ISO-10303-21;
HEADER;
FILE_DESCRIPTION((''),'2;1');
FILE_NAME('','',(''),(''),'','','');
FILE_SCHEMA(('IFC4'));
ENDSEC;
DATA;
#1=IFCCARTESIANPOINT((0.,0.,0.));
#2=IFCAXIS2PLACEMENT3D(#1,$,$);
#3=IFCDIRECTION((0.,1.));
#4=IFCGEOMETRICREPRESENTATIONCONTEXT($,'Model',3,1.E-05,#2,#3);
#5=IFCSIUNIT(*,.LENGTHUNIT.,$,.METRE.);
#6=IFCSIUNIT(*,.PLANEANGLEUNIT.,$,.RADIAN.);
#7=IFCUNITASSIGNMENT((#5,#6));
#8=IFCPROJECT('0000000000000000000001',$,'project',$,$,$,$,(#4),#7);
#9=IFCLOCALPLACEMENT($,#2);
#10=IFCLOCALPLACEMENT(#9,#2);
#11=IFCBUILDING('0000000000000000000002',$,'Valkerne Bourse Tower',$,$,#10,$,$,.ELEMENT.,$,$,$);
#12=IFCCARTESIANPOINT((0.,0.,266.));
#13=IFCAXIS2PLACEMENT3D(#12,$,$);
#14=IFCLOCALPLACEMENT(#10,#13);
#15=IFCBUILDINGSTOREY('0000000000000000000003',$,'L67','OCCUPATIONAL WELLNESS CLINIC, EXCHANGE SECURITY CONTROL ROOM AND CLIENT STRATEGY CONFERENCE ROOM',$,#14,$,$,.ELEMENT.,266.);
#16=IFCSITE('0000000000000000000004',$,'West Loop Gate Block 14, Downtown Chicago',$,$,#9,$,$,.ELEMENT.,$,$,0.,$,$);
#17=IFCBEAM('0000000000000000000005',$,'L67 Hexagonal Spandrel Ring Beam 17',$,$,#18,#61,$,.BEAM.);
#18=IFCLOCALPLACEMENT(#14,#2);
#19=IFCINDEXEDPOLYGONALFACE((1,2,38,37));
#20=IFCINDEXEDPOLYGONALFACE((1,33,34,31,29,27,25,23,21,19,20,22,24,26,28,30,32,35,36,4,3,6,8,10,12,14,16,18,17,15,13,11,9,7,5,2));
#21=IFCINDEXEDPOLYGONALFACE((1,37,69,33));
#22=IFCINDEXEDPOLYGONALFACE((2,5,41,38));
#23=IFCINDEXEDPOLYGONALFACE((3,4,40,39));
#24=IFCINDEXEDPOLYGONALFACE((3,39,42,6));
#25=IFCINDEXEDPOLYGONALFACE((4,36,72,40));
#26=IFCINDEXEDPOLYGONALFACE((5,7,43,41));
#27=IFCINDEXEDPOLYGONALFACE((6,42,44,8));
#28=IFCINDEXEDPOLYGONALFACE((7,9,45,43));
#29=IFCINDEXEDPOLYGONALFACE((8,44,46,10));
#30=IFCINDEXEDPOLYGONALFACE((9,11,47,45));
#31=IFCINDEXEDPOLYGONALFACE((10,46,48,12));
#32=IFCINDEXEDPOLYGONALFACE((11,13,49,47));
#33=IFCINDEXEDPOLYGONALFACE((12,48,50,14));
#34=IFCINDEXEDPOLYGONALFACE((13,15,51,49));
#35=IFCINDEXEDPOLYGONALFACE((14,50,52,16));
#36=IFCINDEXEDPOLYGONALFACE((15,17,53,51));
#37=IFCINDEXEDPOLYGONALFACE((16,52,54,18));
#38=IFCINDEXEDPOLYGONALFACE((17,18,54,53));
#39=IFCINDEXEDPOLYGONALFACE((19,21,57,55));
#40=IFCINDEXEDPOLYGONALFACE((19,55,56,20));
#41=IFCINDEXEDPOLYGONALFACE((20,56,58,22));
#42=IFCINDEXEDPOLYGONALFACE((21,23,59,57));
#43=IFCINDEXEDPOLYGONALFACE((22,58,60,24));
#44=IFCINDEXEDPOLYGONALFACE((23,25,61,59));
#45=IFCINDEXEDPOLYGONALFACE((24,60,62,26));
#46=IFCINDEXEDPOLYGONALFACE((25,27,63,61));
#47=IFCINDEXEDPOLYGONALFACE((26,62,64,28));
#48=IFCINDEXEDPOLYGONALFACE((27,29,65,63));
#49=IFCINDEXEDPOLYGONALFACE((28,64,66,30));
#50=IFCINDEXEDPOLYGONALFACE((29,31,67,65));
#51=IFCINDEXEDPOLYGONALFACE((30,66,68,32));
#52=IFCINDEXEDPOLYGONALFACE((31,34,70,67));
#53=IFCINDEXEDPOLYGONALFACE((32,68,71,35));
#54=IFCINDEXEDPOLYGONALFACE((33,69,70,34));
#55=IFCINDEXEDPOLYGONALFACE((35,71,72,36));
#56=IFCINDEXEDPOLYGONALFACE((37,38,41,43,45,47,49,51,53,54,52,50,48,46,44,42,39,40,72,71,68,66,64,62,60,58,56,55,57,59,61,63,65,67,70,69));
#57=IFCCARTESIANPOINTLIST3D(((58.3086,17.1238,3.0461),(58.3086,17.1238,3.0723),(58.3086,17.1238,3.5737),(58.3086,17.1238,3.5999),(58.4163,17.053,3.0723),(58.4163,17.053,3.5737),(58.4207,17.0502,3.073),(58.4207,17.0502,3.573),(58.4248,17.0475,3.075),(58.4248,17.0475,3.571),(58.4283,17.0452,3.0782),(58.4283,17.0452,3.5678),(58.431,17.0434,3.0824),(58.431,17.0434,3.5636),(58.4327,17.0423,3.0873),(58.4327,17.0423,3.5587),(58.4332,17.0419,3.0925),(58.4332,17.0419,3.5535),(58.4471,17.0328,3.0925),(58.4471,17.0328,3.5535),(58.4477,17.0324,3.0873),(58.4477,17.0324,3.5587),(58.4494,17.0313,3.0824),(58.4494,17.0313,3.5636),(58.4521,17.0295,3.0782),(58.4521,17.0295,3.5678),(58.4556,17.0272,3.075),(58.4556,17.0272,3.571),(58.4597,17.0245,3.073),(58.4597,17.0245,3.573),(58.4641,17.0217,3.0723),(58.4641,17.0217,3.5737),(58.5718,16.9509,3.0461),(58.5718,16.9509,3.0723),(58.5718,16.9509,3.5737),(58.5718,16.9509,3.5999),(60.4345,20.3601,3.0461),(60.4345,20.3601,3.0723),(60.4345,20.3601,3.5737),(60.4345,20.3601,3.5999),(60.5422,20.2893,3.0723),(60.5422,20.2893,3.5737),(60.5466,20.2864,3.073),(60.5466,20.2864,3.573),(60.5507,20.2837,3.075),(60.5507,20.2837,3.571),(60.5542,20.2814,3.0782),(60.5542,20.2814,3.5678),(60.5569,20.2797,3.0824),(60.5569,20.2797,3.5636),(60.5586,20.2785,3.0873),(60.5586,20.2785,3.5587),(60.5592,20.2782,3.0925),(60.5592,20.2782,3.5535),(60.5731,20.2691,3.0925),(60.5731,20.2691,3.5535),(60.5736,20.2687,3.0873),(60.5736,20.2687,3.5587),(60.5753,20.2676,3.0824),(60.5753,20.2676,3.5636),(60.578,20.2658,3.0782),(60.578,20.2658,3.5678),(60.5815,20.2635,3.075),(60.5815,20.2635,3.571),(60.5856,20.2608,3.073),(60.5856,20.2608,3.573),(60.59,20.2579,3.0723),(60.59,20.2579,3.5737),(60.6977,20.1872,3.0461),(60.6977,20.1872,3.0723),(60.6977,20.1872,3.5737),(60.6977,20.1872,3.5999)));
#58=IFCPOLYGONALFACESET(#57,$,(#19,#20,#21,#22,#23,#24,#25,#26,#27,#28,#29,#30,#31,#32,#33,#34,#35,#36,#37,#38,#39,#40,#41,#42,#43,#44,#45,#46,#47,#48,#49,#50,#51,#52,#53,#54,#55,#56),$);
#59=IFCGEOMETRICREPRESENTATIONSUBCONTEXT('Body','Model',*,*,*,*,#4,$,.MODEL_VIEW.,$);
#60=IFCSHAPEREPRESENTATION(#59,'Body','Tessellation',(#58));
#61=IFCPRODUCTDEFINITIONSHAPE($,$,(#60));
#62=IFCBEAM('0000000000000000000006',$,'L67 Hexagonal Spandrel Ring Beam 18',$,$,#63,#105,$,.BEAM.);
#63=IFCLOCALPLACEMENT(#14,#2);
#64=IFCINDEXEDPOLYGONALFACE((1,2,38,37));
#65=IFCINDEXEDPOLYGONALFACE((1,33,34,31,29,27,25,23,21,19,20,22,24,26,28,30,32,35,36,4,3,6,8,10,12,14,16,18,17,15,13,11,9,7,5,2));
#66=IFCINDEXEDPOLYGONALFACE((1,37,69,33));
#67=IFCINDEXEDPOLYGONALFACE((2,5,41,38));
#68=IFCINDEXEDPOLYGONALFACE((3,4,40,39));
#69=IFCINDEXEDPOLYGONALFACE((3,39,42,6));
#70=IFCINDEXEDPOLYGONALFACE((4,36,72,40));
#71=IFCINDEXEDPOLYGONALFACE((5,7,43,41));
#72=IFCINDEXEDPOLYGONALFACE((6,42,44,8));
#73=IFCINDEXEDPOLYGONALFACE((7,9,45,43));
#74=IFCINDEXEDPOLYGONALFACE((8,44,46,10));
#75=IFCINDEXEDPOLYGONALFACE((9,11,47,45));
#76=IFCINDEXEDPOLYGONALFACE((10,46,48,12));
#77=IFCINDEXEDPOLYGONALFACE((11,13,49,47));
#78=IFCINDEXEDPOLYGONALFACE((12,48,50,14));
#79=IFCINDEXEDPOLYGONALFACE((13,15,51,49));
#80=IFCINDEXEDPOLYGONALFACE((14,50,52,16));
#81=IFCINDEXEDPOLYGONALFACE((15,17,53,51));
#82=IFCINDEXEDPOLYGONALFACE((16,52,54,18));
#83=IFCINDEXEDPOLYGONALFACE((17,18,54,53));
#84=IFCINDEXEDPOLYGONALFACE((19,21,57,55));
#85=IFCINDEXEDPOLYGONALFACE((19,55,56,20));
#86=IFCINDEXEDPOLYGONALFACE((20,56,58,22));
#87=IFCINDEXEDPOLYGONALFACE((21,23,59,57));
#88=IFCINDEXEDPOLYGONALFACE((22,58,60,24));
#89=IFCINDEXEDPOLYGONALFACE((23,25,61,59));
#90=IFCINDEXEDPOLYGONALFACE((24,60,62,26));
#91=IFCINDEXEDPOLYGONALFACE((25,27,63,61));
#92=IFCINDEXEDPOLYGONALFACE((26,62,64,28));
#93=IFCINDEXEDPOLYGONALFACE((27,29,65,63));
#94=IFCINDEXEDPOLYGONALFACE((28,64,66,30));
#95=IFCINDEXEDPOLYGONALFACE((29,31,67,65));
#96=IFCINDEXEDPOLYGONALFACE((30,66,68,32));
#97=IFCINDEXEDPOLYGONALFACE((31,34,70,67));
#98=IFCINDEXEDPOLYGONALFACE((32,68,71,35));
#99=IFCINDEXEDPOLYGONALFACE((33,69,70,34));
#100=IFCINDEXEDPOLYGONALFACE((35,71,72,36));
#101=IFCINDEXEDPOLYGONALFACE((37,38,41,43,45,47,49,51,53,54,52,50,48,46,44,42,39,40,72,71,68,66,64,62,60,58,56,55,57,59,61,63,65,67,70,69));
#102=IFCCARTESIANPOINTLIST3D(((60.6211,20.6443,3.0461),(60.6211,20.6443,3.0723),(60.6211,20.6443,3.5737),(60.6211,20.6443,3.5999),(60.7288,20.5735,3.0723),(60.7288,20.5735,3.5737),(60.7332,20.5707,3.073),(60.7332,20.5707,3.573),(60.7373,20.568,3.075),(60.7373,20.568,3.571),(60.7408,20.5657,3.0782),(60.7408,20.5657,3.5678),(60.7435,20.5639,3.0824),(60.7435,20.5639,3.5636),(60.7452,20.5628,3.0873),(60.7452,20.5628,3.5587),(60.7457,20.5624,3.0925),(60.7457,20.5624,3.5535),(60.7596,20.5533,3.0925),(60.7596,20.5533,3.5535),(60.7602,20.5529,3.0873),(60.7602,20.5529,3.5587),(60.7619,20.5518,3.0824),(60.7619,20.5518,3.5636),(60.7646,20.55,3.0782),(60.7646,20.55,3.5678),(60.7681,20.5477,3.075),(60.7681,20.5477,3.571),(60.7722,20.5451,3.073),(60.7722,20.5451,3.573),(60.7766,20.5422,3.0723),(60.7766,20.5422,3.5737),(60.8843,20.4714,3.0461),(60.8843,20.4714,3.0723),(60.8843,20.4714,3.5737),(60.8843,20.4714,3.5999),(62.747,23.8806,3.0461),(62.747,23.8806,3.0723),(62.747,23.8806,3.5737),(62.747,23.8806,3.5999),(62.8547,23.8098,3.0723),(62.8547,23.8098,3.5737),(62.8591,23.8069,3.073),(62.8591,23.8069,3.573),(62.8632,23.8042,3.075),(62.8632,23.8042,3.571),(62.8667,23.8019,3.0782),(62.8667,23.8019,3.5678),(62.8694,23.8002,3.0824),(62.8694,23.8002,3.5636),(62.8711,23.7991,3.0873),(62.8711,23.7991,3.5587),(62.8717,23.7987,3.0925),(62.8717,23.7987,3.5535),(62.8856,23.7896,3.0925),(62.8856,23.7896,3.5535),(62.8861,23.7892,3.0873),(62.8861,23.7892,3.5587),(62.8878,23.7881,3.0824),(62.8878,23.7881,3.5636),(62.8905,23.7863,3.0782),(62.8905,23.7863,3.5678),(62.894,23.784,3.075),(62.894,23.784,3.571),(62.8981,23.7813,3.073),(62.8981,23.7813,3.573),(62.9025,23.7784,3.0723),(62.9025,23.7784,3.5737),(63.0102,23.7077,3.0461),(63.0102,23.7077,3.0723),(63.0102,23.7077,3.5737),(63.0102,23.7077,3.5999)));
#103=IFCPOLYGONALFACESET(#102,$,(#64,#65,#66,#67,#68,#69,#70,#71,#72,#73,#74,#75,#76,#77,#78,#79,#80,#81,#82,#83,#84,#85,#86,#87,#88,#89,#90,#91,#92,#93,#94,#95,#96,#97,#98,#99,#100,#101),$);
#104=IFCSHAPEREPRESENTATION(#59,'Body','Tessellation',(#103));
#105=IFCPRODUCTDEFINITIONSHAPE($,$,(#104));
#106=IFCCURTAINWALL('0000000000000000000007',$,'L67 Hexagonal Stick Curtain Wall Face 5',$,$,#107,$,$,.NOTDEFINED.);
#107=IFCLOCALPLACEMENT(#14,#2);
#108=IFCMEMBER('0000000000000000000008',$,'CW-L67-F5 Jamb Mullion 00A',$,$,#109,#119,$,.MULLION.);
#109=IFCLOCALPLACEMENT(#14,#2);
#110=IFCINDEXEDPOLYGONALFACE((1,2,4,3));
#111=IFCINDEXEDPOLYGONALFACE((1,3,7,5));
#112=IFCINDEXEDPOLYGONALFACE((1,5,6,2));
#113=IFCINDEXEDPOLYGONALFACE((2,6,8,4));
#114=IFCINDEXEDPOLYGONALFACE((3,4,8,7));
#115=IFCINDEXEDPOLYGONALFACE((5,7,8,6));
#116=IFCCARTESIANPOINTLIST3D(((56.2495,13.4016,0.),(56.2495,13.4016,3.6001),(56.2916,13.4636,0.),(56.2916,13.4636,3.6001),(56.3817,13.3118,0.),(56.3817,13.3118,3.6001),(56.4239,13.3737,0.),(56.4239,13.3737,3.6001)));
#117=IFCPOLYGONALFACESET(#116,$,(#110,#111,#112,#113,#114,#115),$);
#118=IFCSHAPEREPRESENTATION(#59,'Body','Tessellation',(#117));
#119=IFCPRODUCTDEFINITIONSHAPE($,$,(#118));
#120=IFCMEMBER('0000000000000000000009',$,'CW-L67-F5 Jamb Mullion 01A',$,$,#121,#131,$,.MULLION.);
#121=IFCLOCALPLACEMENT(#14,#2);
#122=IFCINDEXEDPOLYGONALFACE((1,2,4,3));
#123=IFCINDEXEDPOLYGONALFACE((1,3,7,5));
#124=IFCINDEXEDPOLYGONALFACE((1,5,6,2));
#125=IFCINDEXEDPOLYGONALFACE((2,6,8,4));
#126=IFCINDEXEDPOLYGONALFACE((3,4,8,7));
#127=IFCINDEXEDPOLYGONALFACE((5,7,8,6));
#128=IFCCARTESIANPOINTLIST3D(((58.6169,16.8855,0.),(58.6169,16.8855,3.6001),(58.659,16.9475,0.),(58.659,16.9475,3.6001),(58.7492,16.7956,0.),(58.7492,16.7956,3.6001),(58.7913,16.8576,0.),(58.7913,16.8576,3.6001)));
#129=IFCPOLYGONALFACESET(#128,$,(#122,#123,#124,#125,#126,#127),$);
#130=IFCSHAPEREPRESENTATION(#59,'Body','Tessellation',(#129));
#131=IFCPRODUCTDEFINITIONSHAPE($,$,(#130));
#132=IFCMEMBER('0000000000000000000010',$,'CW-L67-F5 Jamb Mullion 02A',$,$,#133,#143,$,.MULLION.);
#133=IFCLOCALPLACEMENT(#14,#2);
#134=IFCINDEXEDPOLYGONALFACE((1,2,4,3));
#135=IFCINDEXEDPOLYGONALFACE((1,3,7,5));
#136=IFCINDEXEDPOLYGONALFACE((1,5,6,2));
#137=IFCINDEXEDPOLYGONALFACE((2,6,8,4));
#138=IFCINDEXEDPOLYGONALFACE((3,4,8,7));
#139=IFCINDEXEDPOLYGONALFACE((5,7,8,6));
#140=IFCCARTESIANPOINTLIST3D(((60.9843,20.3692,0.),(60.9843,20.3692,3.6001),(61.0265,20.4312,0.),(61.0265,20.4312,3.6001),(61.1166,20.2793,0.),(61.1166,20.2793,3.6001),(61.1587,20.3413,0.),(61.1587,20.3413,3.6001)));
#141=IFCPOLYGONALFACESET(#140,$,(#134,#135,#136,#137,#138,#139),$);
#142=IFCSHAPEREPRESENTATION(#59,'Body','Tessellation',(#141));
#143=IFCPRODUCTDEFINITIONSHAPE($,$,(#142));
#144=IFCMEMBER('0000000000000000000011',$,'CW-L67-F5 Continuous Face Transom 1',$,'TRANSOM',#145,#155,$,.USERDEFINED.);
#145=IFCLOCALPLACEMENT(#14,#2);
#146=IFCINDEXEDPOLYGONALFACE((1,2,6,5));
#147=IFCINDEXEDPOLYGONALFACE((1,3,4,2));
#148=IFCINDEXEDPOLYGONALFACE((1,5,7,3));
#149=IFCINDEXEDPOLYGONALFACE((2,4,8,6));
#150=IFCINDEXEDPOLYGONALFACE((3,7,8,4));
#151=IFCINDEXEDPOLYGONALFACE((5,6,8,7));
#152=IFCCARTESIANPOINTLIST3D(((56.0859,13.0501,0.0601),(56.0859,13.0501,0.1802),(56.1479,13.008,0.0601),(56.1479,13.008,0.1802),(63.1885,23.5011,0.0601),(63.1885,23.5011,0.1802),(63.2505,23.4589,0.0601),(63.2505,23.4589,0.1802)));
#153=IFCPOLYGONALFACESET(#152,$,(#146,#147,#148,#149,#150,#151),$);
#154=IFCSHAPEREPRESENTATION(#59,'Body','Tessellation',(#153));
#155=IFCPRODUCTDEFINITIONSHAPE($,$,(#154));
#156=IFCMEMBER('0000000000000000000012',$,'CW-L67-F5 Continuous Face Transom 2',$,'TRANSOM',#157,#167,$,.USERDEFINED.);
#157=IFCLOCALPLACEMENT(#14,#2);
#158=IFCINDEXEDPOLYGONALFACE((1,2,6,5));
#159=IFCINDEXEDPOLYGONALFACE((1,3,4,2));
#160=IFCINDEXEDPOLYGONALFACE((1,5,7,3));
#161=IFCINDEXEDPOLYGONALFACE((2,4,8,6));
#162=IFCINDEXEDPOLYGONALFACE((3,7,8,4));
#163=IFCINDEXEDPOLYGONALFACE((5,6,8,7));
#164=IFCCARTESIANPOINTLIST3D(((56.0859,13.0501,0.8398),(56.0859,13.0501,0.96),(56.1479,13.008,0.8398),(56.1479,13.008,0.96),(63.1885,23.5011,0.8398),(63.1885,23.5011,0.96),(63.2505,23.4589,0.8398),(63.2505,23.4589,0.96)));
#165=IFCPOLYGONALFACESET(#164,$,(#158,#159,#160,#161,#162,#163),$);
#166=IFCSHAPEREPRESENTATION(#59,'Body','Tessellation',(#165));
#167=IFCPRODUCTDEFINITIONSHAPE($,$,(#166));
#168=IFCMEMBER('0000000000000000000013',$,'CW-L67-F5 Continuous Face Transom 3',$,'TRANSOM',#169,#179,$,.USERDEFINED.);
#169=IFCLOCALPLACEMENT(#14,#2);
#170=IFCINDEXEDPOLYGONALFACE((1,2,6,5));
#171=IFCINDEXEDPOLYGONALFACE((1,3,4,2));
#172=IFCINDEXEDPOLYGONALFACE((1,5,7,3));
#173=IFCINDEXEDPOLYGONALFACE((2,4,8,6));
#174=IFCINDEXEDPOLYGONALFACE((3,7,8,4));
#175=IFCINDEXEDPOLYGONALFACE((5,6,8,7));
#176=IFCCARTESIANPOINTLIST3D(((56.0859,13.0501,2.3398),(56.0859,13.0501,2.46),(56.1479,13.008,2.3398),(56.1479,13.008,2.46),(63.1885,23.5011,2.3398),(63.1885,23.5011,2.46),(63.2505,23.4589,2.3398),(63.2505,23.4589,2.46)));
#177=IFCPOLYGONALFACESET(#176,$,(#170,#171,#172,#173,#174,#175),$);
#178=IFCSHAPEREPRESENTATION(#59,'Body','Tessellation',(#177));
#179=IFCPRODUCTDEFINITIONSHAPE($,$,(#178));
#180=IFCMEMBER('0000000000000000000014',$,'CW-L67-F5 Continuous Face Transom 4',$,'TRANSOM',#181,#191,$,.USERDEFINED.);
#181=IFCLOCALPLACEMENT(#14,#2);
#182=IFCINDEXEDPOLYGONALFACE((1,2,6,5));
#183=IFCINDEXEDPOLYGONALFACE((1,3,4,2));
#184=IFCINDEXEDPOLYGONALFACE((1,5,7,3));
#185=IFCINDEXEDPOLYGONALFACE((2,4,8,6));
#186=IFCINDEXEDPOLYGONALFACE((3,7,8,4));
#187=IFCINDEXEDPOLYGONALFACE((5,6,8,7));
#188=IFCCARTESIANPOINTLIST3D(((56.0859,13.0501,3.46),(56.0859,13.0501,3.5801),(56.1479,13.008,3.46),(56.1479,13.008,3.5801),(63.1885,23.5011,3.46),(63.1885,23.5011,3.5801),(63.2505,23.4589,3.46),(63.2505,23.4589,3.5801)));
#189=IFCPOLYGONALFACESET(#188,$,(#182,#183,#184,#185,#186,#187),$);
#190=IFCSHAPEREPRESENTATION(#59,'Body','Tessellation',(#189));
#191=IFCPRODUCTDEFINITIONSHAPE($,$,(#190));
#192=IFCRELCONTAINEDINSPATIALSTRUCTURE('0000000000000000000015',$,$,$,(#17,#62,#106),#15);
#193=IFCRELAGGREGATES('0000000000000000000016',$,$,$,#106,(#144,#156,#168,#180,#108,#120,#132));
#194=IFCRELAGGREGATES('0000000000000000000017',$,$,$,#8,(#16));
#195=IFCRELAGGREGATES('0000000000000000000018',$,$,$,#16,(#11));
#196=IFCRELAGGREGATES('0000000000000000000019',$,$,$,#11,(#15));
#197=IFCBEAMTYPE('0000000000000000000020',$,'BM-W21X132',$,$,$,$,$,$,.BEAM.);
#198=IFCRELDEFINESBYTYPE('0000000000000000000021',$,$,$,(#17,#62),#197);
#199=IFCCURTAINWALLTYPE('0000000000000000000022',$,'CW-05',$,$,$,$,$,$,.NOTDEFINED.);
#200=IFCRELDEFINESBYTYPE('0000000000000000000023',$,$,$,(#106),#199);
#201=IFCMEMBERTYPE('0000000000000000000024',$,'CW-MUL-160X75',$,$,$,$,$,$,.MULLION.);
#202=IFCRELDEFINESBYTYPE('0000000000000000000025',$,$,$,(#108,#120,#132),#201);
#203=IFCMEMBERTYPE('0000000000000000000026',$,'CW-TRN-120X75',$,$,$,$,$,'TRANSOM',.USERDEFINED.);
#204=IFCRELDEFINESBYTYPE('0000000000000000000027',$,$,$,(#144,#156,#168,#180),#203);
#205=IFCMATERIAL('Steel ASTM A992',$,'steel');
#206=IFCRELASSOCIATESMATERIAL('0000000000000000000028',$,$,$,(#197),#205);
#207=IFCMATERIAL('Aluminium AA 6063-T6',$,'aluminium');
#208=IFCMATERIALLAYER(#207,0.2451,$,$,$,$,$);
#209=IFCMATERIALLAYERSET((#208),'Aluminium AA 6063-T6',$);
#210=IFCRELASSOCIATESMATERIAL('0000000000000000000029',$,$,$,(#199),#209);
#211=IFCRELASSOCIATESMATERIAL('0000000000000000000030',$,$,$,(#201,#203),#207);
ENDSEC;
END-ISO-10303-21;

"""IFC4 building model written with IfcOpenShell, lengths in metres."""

from ifc_helpers import new_model, si_unit, direction, frame, origin, origin_2d, place, context, subcontext, project, spatial, rectangle, i_section, extrude, material, layer, layer_set, material_profile, profile_set, type_object, element, aggregate, save


model = new_model("IFC4")

# Units and contexts
model_context = context("Model", 3, precision=1e-05, world=origin(), true_north=direction((0.0, 1.0)))
body_context = subcontext(model_context, "Body", "Model", "MODEL_VIEW")
ifc_project = project(units=[si_unit("LENGTHUNIT", "METRE"), si_unit("PLANEANGLEUNIT", "RADIAN")], contexts=[model_context])

# Site, building, storey
site_placement = place(None, origin())
site = spatial("IfcSite", under=ifc_project, at=site_placement, Name="West Loop Gate Block 14, Downtown Chicago", CompositionType="ELEMENT", RefElevation=0.0)
building_placement = place(site_placement, origin())
building = spatial("IfcBuilding", under=site, at=building_placement, Name="Valkerne Bourse Tower", CompositionType="ELEMENT")
storey_placement = place(building_placement, frame((0.0, 0.0, 266.0)))
storey = spatial("IfcBuildingStorey", under=building, at=storey_placement, Name="L67", Description="OCCUPATIONAL WELLNESS CLINIC, EXCHANGE SECURITY CONTROL ROOM AND CLIENT STRATEGY CONFERENCE ROOM", CompositionType="ELEMENT", Elevation=266.0)

# Beams
ifc_material_1 = material(Name="Steel ASTM A992", Category="steel")
ifc_material_profile_1 = material_profile(ifc_material_1, i_section(OverallWidth=0.3149, OverallDepth=0.5537, WebThickness=0.0166, FlangeThickness=0.0261, FilletRadius=0.0203, at=origin_2d()), Name="W21X132")
ifc_profile_set_1 = profile_set([ifc_material_profile_1], Name="Steel ASTM A992")
beam_type = type_object("IfcBeamType", Name="BM-W21X132", PredefinedType="BEAM", material=ifc_profile_set_1)
for number, where, z_axis, x_axis, name in (
    (1, (58.4402, 17.0374, 3.323), (0.549042, 0.835795, 0.0), (-0.835795, 0.549042, 0.0), "L67 Hexagonal Spandrel Ring Beam 17"),
    (2, (60.7527, 20.5579, 3.323), (0.549042, 0.835795, 0.0), (-0.835795, 0.549042, 0.0), "L67 Hexagonal Spandrel Ring Beam 18"),
):
    element("IfcBeam", number, at=place(storey_placement, frame(where, z_axis=z_axis, x_axis=x_axis)), inside=storey, type_object=beam_type, Name=name, PredefinedType="BEAM", context=body_context, shape_type="SweptSolid", body=[
        extrude(i_section(OverallWidth=0.3149, OverallDepth=0.5537, WebThickness=0.0166, FlangeThickness=0.0261, FilletRadius=0.0203, at=origin_2d()), origin(), (0.0, 0.0, 1.0), 3.8721),
    ])

# Curtain wall, members
ifc_material_2 = material(Name="Aluminium AA 6063-T6", Category="aluminium")
ifc_layer_1 = layer(ifc_material_2, 0.2451)
ifc_layer_set_1 = layer_set([ifc_layer_1], Name="Aluminium AA 6063-T6")
curtain_wall_type = type_object("IfcCurtainWallType", Name="CW-05", PredefinedType="NOTDEFINED", material=ifc_layer_set_1)
curtain_wall_placement = place(storey_placement, origin())
curtain_wall = element("IfcCurtainWall", 3, at=curtain_wall_placement, inside=storey, type_object=curtain_wall_type, Name="L67 Hexagonal Stick Curtain Wall Face 5", PredefinedType="NOTDEFINED")
ifc_material_profile_2 = material_profile(ifc_material_2, rectangle(XDim=0.075, YDim=0.1599, at=origin_2d()), Name="CWM-75X160")
ifc_profile_set_2 = profile_set([ifc_material_profile_2], Name="Aluminium AA 6063-T6")
member_type_1 = type_object("IfcMemberType", Name="CW-MUL-160X75", PredefinedType="MULLION", material=ifc_profile_set_2)
member_1_placement = place(storey_placement, frame((56.3367, 13.3877, 0.0), z_axis=(0.0, 0.0, 1.0), x_axis=(0.56208, 0.827083, 0.0)))
member_1 = element("IfcMember", 4, at=member_1_placement, type_object=member_type_1, Name="CW-L67-F5 Jamb Mullion 00A", PredefinedType="MULLION", context=body_context, shape_type="SweptSolid", body=[
    extrude(rectangle(XDim=0.075, YDim=0.1599, at=origin_2d()), origin(), (0.0, 0.0, 1.0), 3.6001),
])
member_2_placement = place(storey_placement, frame((58.7041, 16.8716, 0.0), z_axis=(0.0, 0.0, 1.0), x_axis=(0.56208, 0.827083, 0.0)))
member_2 = element("IfcMember", 5, at=member_2_placement, type_object=member_type_1, Name="CW-L67-F5 Jamb Mullion 01A", PredefinedType="MULLION", context=body_context, shape_type="SweptSolid", body=[
    extrude(rectangle(XDim=0.075, YDim=0.1599, at=origin_2d()), origin(), (0.0, 0.0, 1.0), 3.6001),
])
member_3_placement = place(storey_placement, frame((61.0715, 20.3552, 0.0), z_axis=(0.0, 0.0, 1.0), x_axis=(0.562091, 0.827075, 0.0)))
member_3 = element("IfcMember", 6, at=member_3_placement, type_object=member_type_1, Name="CW-L67-F5 Jamb Mullion 02A", PredefinedType="MULLION", context=body_context, shape_type="SweptSolid", body=[
    extrude(rectangle(XDim=0.075, YDim=0.1599, at=origin_2d()), origin(), (0.0, 0.0, 1.0), 3.6001),
])
ifc_material_profile_3 = material_profile(ifc_material_2, rectangle(XDim=0.075, YDim=0.1201, at=origin_2d()), Name="CWT-75X120")
ifc_profile_set_3 = profile_set([ifc_material_profile_3], Name="Aluminium AA 6063-T6")
member_type_2 = type_object("IfcMemberType", Name="CW-TRN-120X75", ElementType="TRANSOM", PredefinedType="USERDEFINED", material=ifc_profile_set_3)
member_4_placement = place(storey_placement, frame((56.1169, 13.0291, 0.1201), z_axis=(0.562089, 0.827077, 0.0), x_axis=(-0.827077, 0.562089, 0.0)))
member_4 = element("IfcMember", 7, at=member_4_placement, type_object=member_type_2, Name="CW-L67-F5 Continuous Face Transom 1", ObjectType="TRANSOM", PredefinedType="USERDEFINED", context=body_context, shape_type="SweptSolid", body=[
    extrude(rectangle(XDim=0.075, YDim=0.1201, at=origin_2d()), origin(), (0.0, 0.0, 1.0), 12.636),
])
member_5_placement = place(storey_placement, frame((56.1169, 13.0291, 0.8999), z_axis=(0.562089, 0.827077, 0.0), x_axis=(-0.827077, 0.562089, 0.0)))
member_5 = element("IfcMember", 8, at=member_5_placement, type_object=member_type_2, Name="CW-L67-F5 Continuous Face Transom 2", ObjectType="TRANSOM", PredefinedType="USERDEFINED", context=body_context, shape_type="SweptSolid", body=[
    extrude(rectangle(XDim=0.075, YDim=0.1201, at=origin_2d()), origin(), (0.0, 0.0, 1.0), 12.636),
])
member_6_placement = place(storey_placement, frame((56.1169, 13.0291, 2.3999), z_axis=(0.562089, 0.827077, 0.0), x_axis=(-0.827077, 0.562089, 0.0)))
member_6 = element("IfcMember", 9, at=member_6_placement, type_object=member_type_2, Name="CW-L67-F5 Continuous Face Transom 3", ObjectType="TRANSOM", PredefinedType="USERDEFINED", context=body_context, shape_type="SweptSolid", body=[
    extrude(rectangle(XDim=0.075, YDim=0.1201, at=origin_2d()), origin(), (0.0, 0.0, 1.0), 12.636),
])
member_7_placement = place(storey_placement, frame((56.1169, 13.0291, 3.52), z_axis=(0.562089, 0.827077, 0.0), x_axis=(-0.827077, 0.562089, 0.0)))
member_7 = element("IfcMember", 10, at=member_7_placement, type_object=member_type_2, Name="CW-L67-F5 Continuous Face Transom 4", ObjectType="TRANSOM", PredefinedType="USERDEFINED", context=body_context, shape_type="SweptSolid", body=[
    extrude(rectangle(XDim=0.075, YDim=0.1201, at=origin_2d()), origin(), (0.0, 0.0, 1.0), 12.636),
])

aggregate(curtain_wall, [member_4, member_5, member_6, member_7, member_1, member_2, member_3])

save(model, "model.ifc")
